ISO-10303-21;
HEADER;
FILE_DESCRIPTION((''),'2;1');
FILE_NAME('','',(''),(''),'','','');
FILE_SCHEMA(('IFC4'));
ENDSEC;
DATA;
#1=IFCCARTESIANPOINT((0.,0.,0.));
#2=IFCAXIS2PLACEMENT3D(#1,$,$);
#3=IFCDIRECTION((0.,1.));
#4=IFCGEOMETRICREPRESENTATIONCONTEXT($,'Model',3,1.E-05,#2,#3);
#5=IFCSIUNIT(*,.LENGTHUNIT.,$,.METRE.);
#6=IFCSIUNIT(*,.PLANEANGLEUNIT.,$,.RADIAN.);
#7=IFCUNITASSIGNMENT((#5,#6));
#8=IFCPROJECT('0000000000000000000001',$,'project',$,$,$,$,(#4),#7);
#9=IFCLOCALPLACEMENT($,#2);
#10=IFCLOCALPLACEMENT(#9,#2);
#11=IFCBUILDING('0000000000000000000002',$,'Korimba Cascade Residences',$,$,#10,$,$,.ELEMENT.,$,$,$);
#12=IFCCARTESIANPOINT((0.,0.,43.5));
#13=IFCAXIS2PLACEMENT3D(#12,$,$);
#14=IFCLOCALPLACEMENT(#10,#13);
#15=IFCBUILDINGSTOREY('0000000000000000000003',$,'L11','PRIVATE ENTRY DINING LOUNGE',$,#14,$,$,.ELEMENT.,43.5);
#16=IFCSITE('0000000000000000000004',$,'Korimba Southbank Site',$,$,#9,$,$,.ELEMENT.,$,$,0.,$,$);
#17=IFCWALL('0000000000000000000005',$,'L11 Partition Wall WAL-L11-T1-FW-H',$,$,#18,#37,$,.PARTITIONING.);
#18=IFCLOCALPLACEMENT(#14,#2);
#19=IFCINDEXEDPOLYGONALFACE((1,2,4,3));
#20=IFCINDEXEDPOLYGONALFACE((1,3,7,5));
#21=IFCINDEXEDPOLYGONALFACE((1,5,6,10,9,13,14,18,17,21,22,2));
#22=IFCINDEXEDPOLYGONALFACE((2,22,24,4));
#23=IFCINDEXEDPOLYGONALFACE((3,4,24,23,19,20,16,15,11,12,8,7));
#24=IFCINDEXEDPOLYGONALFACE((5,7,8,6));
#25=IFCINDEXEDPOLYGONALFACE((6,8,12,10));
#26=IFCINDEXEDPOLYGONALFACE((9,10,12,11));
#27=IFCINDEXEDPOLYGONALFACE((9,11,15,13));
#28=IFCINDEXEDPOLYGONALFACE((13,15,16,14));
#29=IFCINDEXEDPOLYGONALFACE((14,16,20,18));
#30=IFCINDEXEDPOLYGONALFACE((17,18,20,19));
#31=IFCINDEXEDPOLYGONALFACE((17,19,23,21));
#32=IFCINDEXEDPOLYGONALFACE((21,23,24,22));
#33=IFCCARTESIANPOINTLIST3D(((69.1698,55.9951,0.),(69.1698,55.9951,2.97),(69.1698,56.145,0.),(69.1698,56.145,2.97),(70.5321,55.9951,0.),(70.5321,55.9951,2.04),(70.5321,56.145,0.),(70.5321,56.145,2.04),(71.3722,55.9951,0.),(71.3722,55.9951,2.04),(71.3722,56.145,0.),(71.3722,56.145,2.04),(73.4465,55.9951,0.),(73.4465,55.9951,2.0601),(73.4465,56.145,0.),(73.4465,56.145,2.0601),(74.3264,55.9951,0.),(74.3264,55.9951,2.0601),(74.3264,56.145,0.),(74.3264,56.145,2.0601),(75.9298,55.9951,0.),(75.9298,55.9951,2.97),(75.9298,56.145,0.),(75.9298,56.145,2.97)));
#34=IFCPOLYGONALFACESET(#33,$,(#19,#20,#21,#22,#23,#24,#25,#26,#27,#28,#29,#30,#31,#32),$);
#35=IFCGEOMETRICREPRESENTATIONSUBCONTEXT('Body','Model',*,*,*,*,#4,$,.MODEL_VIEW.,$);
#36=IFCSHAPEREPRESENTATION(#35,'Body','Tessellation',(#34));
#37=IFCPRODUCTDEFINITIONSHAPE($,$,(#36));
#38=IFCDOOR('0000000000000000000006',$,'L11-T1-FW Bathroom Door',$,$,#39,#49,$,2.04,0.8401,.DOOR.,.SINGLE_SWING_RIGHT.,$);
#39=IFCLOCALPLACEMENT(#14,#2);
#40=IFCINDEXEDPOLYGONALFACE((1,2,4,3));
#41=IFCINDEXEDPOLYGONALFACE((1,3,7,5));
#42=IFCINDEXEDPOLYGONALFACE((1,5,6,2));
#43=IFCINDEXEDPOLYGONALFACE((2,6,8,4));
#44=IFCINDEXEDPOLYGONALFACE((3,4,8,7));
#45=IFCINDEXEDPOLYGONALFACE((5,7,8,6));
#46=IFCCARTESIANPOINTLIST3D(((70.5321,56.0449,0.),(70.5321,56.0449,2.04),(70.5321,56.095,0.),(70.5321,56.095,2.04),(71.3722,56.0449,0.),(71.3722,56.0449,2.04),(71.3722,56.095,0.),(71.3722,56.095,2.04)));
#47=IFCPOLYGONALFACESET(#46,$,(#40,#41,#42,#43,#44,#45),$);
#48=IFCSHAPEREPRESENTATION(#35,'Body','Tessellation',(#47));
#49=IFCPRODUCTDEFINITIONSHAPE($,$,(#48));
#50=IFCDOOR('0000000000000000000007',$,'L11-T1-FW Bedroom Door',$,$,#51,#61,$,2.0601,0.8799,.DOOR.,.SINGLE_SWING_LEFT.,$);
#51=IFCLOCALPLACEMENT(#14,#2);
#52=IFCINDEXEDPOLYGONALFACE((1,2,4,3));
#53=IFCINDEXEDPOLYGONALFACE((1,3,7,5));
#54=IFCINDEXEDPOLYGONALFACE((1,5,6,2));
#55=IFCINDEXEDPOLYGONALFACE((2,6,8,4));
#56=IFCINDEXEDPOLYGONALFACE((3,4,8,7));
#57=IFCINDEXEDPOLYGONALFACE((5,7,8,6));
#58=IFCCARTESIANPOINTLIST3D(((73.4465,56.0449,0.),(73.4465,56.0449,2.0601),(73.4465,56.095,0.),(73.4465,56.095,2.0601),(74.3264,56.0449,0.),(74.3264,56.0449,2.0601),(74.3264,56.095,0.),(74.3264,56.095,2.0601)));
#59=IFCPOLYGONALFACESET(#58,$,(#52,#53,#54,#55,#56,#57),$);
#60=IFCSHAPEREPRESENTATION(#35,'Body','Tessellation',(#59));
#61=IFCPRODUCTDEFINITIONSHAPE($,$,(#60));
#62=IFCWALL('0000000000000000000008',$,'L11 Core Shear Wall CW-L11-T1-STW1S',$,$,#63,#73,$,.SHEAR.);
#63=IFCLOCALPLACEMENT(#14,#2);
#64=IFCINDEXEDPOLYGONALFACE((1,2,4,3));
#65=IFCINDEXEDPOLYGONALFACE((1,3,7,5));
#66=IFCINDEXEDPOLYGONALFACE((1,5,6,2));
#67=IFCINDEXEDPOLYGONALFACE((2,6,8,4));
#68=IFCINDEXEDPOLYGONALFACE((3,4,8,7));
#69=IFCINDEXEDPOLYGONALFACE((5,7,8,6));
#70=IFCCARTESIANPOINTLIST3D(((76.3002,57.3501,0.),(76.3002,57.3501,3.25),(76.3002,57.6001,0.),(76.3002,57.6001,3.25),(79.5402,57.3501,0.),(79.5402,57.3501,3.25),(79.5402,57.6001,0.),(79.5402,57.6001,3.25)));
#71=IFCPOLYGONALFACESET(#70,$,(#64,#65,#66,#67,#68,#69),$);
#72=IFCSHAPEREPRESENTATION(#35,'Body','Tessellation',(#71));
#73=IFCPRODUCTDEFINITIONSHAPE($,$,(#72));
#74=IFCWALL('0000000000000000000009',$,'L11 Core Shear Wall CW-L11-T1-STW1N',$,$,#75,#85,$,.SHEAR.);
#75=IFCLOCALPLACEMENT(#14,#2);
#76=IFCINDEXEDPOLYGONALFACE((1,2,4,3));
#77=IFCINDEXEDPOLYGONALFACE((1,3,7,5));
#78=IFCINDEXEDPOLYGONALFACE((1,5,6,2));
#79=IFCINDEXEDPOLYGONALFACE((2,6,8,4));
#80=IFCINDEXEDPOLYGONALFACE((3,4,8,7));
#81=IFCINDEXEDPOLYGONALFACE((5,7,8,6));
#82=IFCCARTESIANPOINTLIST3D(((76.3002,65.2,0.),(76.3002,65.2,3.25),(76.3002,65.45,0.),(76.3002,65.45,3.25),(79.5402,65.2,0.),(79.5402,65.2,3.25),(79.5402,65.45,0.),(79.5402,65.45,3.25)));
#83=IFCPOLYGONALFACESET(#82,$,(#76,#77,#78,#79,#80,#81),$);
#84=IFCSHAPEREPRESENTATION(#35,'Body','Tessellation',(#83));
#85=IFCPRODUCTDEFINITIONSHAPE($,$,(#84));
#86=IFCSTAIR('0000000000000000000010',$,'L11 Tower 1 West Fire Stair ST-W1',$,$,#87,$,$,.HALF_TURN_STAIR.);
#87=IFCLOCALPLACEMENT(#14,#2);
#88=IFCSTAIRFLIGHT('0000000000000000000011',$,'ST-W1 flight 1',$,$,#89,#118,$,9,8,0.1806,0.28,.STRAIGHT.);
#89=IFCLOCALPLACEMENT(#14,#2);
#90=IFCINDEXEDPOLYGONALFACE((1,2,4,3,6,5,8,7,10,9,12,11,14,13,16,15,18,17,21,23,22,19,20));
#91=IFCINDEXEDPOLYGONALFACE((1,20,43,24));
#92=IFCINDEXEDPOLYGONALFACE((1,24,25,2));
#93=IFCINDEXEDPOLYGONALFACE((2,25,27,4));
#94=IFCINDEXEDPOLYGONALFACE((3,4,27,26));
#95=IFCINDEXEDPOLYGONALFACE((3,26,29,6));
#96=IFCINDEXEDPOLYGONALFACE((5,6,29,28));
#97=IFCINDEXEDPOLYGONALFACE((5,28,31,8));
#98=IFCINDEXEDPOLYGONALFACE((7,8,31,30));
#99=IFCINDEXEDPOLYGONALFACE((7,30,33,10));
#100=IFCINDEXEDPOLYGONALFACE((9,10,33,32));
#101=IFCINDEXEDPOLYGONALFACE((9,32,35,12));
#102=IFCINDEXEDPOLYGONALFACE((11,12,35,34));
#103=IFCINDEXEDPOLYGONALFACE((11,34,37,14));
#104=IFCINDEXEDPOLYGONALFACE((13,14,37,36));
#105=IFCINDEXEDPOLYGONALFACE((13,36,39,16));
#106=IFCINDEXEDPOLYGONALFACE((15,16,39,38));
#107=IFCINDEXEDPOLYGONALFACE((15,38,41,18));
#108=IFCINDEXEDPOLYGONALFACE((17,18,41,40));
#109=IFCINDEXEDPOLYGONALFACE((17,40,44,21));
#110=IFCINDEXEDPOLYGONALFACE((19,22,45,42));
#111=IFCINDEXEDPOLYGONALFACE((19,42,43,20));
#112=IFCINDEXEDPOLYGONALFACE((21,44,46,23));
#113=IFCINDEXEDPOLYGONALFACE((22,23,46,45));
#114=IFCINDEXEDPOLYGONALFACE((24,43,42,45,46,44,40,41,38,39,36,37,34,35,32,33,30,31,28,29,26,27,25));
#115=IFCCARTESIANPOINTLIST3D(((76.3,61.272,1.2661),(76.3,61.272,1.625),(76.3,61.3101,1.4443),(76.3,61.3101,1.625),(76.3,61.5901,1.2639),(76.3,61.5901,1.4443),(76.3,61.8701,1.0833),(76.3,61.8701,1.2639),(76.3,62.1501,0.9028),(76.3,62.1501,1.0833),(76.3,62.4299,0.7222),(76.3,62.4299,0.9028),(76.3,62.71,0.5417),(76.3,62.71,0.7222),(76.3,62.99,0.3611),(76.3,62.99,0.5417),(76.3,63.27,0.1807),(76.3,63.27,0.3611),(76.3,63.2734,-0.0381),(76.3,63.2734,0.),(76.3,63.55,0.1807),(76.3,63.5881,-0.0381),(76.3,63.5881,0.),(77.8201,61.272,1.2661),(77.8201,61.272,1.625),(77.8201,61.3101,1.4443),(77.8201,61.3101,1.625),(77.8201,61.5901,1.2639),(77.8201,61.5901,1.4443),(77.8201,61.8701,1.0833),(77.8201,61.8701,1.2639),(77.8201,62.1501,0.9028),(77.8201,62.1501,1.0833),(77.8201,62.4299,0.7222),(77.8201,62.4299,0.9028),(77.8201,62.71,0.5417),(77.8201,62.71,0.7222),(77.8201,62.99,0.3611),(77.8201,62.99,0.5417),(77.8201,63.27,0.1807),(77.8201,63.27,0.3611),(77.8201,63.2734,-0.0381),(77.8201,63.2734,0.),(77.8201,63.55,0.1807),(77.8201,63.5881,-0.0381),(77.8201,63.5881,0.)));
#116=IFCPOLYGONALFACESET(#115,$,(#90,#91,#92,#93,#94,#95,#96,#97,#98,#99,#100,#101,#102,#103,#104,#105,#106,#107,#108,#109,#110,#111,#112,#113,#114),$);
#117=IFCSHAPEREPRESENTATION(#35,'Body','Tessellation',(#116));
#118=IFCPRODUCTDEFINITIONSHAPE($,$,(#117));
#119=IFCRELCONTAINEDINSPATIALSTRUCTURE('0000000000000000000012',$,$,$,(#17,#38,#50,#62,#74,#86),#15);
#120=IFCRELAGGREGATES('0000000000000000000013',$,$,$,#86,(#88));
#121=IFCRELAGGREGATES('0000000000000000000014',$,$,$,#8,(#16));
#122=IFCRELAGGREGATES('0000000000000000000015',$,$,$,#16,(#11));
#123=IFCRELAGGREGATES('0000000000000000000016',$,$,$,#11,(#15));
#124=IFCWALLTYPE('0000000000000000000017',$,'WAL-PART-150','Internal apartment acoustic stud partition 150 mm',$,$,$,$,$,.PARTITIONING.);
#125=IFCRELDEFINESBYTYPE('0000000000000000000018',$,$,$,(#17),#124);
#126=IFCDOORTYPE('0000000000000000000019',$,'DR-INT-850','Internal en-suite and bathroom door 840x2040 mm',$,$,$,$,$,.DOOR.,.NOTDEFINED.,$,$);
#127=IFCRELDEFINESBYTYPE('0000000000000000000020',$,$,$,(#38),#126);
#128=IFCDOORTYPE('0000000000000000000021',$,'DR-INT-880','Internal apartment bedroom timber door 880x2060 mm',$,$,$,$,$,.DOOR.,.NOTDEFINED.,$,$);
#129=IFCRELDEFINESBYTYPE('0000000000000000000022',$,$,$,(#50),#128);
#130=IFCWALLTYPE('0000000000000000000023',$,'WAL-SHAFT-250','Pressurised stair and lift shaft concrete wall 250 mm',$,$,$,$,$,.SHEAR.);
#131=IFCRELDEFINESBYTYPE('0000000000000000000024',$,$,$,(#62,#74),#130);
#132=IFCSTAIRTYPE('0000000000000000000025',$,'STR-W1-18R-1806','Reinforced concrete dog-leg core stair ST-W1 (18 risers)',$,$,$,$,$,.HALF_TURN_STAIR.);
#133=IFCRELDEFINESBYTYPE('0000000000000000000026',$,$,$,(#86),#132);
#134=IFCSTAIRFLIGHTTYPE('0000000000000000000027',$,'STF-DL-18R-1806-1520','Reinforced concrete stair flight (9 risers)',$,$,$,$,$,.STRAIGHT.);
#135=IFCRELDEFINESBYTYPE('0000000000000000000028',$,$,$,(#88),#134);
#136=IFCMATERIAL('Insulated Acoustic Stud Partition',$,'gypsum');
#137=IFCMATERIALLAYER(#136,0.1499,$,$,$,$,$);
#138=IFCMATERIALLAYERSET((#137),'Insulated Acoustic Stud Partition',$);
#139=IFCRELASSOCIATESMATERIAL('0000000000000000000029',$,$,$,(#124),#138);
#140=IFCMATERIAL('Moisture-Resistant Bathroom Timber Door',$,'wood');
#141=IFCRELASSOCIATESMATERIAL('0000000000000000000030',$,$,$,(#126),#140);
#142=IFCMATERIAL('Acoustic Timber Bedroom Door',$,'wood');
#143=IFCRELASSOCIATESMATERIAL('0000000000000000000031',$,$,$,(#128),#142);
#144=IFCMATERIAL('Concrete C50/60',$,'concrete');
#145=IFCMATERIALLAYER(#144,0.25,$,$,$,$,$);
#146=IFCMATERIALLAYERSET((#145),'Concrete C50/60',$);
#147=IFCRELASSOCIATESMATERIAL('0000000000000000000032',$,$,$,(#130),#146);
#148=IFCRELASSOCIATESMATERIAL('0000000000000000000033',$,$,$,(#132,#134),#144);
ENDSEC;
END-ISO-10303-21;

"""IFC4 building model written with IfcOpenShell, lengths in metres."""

from ifc_helpers import new_model, si_unit, direction, frame, frame_2d, origin, place, context, subcontext, project, spatial, polyline, rectangle, outline, extrude, material, layer, layer_set, type_object, element, fill, aggregate, save


model = new_model("IFC4")

# Units and contexts
model_context = context("Model", 3, precision=1e-05, world=origin(), true_north=direction((0.0, 1.0)))
body_context = subcontext(model_context, "Body", "Model", "MODEL_VIEW")
ifc_project = project(units=[si_unit("LENGTHUNIT", "METRE"), si_unit("PLANEANGLEUNIT", "RADIAN")], contexts=[model_context])

# Site, building, storey
site_placement = place(None, origin())
site = spatial("IfcSite", under=ifc_project, at=site_placement, Name="Korimba Southbank Site", CompositionType="ELEMENT", RefElevation=0.0)
building_placement = place(site_placement, origin())
building = spatial("IfcBuilding", under=site, at=building_placement, Name="Korimba Cascade Residences", CompositionType="ELEMENT")
storey_placement = place(building_placement, frame((0.0, 0.0, 43.5)))
storey = spatial("IfcBuildingStorey", under=building, at=storey_placement, Name="L11", Description="PRIVATE ENTRY DINING LOUNGE", CompositionType="ELEMENT", Elevation=43.5)

# Shared definitions
ifc_material_1 = material(Name="Concrete C50/60", Category="concrete")

# Shared definitions
ifc_material_2 = material(Name="Insulated Acoustic Stud Partition", Category="gypsum")
ifc_layer_1 = layer(ifc_material_2, 0.1499)
ifc_layer_set_1 = layer_set([ifc_layer_1], Name="Insulated Acoustic Stud Partition")
wall_type_1 = type_object("IfcWallType", Name="WAL-PART-150", Description="Internal apartment acoustic stud partition 150 mm", PredefinedType="PARTITIONING", material=ifc_layer_set_1)

# Wall, openings, doors
wall_1_placement = place(storey_placement, frame((69.1699, 56.0701, 0.0), z_axis=(0.0, 0.0, 1.0), x_axis=(1.0, 0.0, 0.0)))
wall_1 = element("IfcWall", 1, at=wall_1_placement, inside=storey, type_object=wall_type_1, Name="L11 Partition Wall WAL-L11-T1-FW-H", PredefinedType="PARTITIONING", context=body_context, shape_type="SweptSolid", body=[
    extrude(rectangle(XDim=6.76, YDim=0.1499, at=frame_2d((3.3799, 0.0))), origin(), (0.0, 0.0, 1.0), 2.97),
])
opening_1_placement = place(wall_1_placement, frame((1.3623, 0.0, 0.0)))
opening_1 = element("IfcOpeningElement", 2, at=opening_1_placement, cuts=wall_1, PredefinedType="OPENING", context=body_context, shape_type="SweptSolid", body=[
    extrude(rectangle(XDim=0.8401, YDim=2.04, at=frame_2d((0.4199, 1.02))), frame((0.0, 0.085, 0.0), z_axis=(0.0, -1.0, 0.0), x_axis=(1.0, 0.0, 0.0)), (0.0, 0.0, 1.0), 0.1699),
])
opening_2_placement = place(wall_1_placement, frame((4.2766, 0.0, 0.0)))
opening_2 = element("IfcOpeningElement", 3, at=opening_2_placement, cuts=wall_1, PredefinedType="OPENING", context=body_context, shape_type="SweptSolid", body=[
    extrude(rectangle(XDim=0.8799, YDim=2.0601, at=frame_2d((0.4399, 1.03))), frame((0.0, 0.085, 0.0), z_axis=(0.0, -1.0, 0.0), x_axis=(1.0, 0.0, 0.0)), (0.0, 0.0, 1.0), 0.1699),
])
ifc_material_3 = material(Name="Moisture-Resistant Bathroom Timber Door", Category="wood")
door_type_1 = type_object("IfcDoorType", Name="DR-INT-850", Description="Internal en-suite and bathroom door 840x2040 mm", OperationType="NOTDEFINED", PredefinedType="DOOR", material=ifc_material_3)
door_1_placement = place(opening_1_placement, origin())
door_1 = element("IfcDoor", 4, at=door_1_placement, inside=storey, type_object=door_type_1, Name="L11-T1-FW Bathroom Door", OperationType="SINGLE_SWING_RIGHT", OverallHeight=2.04, OverallWidth=0.8401, PredefinedType="DOOR", context=body_context, shape_type="SweptSolid", body=[
    extrude(rectangle(XDim=0.8401, YDim=2.04, at=frame_2d((0.4199, 1.02))), frame((0.0, 0.0249, 0.0), z_axis=(0.0, -1.0, 0.0), x_axis=(1.0, 0.0, 0.0)), (0.0, 0.0, 1.0), 0.05),
])
fill(opening_1, door_1)
ifc_material_4 = material(Name="Acoustic Timber Bedroom Door", Category="wood")
door_type_2 = type_object("IfcDoorType", Name="DR-INT-880", Description="Internal apartment bedroom timber door 880x2060 mm", OperationType="NOTDEFINED", PredefinedType="DOOR", material=ifc_material_4)
door_2_placement = place(opening_2_placement, origin())
door_2 = element("IfcDoor", 5, at=door_2_placement, inside=storey, type_object=door_type_2, Name="L11-T1-FW Bedroom Door", OperationType="SINGLE_SWING_LEFT", OverallHeight=2.0601, OverallWidth=0.8799, PredefinedType="DOOR", context=body_context, shape_type="SweptSolid", body=[
    extrude(rectangle(XDim=0.8799, YDim=2.0601, at=frame_2d((0.4399, 1.03))), frame((0.0, 0.0249, 0.0), z_axis=(0.0, -1.0, 0.0), x_axis=(1.0, 0.0, 0.0)), (0.0, 0.0, 1.0), 0.05),
])
fill(opening_2, door_2)

# Walls
ifc_layer_2 = layer(ifc_material_1, 0.25)
ifc_layer_set_2 = layer_set([ifc_layer_2], Name="Concrete C50/60")
wall_type_2 = type_object("IfcWallType", Name="WAL-SHAFT-250", Description="Pressurised stair and lift shaft concrete wall 250 mm", PredefinedType="SHEAR", material=ifc_layer_set_2)
for number, where, z_axis, x_axis, name in (
    (6, (76.3, 57.4751, 0.0), (0.0, 0.0, 1.0), (1.0, 0.0, 0.0), "L11 Core Shear Wall CW-L11-T1-STW1S"),
    (7, (76.3, 65.325, 0.0), (0.0, 0.0, 1.0), (1.0, 0.0, 0.0), "L11 Core Shear Wall CW-L11-T1-STW1N"),
):
    element("IfcWall", number, at=place(storey_placement, frame(where, z_axis=z_axis, x_axis=x_axis)), inside=storey, type_object=wall_type_2, Name=name, PredefinedType="SHEAR", context=body_context, shape_type="SweptSolid", body=[
        extrude(rectangle(XDim=3.24, YDim=0.25, at=frame_2d((1.6201, 0.0))), origin(), (0.0, 0.0, 1.0), 3.25),
    ])

# Stair, stair flight
stair_type = type_object("IfcStairType", Name="STR-W1-18R-1806", Description="Reinforced concrete dog-leg core stair ST-W1 (18 risers)", PredefinedType="HALF_TURN_STAIR", material=ifc_material_1)
stair_placement = place(storey_placement, origin())
stair = element("IfcStair", 8, at=stair_placement, inside=storey, type_object=stair_type, Name="L11 Tower 1 West Fire Stair ST-W1", PredefinedType="HALF_TURN_STAIR")
stair_flight_type = type_object("IfcStairFlightType", Name="STF-DL-18R-1806-1520", Description="Reinforced concrete stair flight (9 risers)", PredefinedType="STRAIGHT", material=ifc_material_1)
stair_flight_placement = place(storey_placement, frame((77.0601, 63.55, 0.0), z_axis=(0.0, 0.0, 1.0), x_axis=(0.0, -1.0, 0.0)))
stair_flight = element("IfcStairFlight", 9, at=stair_flight_placement, type_object=stair_flight_type, Name="ST-W1 flight 1", NumberOfRisers=9, NumberOfTreads=8, PredefinedType="STRAIGHT", RiserHeight=0.1806, TreadLength=0.28, context=body_context, shape_type="SweptSolid", body=[
    extrude(outline(polyline([(-0.0381, 0.0), (0.0, 0.1807), (0.28, 0.1807), (0.28, 0.3611), (0.5601, 0.3611), (0.5601, 0.5417), (0.8401, 0.5417), (0.8401, 0.7222), (1.1201, 0.7222), (1.1201, 0.9028), (1.3999, 0.9028), (1.3999, 1.0833), (1.6799, 1.0833), (1.6799, 1.2639), (1.96, 1.2639), (1.96, 1.4443), (2.24, 1.4443), (2.24, 1.625), (2.2781, 1.625), (2.2781, 1.2661), (0.2766, 0.0), (0.2766, -0.0381), (-0.0381, -0.0381), (-0.0381, 0.0)])), frame((0.0, 0.76, 0.0), z_axis=(0.0, -1.0, 0.0), x_axis=(1.0, 0.0, 0.0)), (0.0, 0.0, 1.0), 1.52),
])
aggregate(stair, [stair_flight])

save(model, "model.ifc")
